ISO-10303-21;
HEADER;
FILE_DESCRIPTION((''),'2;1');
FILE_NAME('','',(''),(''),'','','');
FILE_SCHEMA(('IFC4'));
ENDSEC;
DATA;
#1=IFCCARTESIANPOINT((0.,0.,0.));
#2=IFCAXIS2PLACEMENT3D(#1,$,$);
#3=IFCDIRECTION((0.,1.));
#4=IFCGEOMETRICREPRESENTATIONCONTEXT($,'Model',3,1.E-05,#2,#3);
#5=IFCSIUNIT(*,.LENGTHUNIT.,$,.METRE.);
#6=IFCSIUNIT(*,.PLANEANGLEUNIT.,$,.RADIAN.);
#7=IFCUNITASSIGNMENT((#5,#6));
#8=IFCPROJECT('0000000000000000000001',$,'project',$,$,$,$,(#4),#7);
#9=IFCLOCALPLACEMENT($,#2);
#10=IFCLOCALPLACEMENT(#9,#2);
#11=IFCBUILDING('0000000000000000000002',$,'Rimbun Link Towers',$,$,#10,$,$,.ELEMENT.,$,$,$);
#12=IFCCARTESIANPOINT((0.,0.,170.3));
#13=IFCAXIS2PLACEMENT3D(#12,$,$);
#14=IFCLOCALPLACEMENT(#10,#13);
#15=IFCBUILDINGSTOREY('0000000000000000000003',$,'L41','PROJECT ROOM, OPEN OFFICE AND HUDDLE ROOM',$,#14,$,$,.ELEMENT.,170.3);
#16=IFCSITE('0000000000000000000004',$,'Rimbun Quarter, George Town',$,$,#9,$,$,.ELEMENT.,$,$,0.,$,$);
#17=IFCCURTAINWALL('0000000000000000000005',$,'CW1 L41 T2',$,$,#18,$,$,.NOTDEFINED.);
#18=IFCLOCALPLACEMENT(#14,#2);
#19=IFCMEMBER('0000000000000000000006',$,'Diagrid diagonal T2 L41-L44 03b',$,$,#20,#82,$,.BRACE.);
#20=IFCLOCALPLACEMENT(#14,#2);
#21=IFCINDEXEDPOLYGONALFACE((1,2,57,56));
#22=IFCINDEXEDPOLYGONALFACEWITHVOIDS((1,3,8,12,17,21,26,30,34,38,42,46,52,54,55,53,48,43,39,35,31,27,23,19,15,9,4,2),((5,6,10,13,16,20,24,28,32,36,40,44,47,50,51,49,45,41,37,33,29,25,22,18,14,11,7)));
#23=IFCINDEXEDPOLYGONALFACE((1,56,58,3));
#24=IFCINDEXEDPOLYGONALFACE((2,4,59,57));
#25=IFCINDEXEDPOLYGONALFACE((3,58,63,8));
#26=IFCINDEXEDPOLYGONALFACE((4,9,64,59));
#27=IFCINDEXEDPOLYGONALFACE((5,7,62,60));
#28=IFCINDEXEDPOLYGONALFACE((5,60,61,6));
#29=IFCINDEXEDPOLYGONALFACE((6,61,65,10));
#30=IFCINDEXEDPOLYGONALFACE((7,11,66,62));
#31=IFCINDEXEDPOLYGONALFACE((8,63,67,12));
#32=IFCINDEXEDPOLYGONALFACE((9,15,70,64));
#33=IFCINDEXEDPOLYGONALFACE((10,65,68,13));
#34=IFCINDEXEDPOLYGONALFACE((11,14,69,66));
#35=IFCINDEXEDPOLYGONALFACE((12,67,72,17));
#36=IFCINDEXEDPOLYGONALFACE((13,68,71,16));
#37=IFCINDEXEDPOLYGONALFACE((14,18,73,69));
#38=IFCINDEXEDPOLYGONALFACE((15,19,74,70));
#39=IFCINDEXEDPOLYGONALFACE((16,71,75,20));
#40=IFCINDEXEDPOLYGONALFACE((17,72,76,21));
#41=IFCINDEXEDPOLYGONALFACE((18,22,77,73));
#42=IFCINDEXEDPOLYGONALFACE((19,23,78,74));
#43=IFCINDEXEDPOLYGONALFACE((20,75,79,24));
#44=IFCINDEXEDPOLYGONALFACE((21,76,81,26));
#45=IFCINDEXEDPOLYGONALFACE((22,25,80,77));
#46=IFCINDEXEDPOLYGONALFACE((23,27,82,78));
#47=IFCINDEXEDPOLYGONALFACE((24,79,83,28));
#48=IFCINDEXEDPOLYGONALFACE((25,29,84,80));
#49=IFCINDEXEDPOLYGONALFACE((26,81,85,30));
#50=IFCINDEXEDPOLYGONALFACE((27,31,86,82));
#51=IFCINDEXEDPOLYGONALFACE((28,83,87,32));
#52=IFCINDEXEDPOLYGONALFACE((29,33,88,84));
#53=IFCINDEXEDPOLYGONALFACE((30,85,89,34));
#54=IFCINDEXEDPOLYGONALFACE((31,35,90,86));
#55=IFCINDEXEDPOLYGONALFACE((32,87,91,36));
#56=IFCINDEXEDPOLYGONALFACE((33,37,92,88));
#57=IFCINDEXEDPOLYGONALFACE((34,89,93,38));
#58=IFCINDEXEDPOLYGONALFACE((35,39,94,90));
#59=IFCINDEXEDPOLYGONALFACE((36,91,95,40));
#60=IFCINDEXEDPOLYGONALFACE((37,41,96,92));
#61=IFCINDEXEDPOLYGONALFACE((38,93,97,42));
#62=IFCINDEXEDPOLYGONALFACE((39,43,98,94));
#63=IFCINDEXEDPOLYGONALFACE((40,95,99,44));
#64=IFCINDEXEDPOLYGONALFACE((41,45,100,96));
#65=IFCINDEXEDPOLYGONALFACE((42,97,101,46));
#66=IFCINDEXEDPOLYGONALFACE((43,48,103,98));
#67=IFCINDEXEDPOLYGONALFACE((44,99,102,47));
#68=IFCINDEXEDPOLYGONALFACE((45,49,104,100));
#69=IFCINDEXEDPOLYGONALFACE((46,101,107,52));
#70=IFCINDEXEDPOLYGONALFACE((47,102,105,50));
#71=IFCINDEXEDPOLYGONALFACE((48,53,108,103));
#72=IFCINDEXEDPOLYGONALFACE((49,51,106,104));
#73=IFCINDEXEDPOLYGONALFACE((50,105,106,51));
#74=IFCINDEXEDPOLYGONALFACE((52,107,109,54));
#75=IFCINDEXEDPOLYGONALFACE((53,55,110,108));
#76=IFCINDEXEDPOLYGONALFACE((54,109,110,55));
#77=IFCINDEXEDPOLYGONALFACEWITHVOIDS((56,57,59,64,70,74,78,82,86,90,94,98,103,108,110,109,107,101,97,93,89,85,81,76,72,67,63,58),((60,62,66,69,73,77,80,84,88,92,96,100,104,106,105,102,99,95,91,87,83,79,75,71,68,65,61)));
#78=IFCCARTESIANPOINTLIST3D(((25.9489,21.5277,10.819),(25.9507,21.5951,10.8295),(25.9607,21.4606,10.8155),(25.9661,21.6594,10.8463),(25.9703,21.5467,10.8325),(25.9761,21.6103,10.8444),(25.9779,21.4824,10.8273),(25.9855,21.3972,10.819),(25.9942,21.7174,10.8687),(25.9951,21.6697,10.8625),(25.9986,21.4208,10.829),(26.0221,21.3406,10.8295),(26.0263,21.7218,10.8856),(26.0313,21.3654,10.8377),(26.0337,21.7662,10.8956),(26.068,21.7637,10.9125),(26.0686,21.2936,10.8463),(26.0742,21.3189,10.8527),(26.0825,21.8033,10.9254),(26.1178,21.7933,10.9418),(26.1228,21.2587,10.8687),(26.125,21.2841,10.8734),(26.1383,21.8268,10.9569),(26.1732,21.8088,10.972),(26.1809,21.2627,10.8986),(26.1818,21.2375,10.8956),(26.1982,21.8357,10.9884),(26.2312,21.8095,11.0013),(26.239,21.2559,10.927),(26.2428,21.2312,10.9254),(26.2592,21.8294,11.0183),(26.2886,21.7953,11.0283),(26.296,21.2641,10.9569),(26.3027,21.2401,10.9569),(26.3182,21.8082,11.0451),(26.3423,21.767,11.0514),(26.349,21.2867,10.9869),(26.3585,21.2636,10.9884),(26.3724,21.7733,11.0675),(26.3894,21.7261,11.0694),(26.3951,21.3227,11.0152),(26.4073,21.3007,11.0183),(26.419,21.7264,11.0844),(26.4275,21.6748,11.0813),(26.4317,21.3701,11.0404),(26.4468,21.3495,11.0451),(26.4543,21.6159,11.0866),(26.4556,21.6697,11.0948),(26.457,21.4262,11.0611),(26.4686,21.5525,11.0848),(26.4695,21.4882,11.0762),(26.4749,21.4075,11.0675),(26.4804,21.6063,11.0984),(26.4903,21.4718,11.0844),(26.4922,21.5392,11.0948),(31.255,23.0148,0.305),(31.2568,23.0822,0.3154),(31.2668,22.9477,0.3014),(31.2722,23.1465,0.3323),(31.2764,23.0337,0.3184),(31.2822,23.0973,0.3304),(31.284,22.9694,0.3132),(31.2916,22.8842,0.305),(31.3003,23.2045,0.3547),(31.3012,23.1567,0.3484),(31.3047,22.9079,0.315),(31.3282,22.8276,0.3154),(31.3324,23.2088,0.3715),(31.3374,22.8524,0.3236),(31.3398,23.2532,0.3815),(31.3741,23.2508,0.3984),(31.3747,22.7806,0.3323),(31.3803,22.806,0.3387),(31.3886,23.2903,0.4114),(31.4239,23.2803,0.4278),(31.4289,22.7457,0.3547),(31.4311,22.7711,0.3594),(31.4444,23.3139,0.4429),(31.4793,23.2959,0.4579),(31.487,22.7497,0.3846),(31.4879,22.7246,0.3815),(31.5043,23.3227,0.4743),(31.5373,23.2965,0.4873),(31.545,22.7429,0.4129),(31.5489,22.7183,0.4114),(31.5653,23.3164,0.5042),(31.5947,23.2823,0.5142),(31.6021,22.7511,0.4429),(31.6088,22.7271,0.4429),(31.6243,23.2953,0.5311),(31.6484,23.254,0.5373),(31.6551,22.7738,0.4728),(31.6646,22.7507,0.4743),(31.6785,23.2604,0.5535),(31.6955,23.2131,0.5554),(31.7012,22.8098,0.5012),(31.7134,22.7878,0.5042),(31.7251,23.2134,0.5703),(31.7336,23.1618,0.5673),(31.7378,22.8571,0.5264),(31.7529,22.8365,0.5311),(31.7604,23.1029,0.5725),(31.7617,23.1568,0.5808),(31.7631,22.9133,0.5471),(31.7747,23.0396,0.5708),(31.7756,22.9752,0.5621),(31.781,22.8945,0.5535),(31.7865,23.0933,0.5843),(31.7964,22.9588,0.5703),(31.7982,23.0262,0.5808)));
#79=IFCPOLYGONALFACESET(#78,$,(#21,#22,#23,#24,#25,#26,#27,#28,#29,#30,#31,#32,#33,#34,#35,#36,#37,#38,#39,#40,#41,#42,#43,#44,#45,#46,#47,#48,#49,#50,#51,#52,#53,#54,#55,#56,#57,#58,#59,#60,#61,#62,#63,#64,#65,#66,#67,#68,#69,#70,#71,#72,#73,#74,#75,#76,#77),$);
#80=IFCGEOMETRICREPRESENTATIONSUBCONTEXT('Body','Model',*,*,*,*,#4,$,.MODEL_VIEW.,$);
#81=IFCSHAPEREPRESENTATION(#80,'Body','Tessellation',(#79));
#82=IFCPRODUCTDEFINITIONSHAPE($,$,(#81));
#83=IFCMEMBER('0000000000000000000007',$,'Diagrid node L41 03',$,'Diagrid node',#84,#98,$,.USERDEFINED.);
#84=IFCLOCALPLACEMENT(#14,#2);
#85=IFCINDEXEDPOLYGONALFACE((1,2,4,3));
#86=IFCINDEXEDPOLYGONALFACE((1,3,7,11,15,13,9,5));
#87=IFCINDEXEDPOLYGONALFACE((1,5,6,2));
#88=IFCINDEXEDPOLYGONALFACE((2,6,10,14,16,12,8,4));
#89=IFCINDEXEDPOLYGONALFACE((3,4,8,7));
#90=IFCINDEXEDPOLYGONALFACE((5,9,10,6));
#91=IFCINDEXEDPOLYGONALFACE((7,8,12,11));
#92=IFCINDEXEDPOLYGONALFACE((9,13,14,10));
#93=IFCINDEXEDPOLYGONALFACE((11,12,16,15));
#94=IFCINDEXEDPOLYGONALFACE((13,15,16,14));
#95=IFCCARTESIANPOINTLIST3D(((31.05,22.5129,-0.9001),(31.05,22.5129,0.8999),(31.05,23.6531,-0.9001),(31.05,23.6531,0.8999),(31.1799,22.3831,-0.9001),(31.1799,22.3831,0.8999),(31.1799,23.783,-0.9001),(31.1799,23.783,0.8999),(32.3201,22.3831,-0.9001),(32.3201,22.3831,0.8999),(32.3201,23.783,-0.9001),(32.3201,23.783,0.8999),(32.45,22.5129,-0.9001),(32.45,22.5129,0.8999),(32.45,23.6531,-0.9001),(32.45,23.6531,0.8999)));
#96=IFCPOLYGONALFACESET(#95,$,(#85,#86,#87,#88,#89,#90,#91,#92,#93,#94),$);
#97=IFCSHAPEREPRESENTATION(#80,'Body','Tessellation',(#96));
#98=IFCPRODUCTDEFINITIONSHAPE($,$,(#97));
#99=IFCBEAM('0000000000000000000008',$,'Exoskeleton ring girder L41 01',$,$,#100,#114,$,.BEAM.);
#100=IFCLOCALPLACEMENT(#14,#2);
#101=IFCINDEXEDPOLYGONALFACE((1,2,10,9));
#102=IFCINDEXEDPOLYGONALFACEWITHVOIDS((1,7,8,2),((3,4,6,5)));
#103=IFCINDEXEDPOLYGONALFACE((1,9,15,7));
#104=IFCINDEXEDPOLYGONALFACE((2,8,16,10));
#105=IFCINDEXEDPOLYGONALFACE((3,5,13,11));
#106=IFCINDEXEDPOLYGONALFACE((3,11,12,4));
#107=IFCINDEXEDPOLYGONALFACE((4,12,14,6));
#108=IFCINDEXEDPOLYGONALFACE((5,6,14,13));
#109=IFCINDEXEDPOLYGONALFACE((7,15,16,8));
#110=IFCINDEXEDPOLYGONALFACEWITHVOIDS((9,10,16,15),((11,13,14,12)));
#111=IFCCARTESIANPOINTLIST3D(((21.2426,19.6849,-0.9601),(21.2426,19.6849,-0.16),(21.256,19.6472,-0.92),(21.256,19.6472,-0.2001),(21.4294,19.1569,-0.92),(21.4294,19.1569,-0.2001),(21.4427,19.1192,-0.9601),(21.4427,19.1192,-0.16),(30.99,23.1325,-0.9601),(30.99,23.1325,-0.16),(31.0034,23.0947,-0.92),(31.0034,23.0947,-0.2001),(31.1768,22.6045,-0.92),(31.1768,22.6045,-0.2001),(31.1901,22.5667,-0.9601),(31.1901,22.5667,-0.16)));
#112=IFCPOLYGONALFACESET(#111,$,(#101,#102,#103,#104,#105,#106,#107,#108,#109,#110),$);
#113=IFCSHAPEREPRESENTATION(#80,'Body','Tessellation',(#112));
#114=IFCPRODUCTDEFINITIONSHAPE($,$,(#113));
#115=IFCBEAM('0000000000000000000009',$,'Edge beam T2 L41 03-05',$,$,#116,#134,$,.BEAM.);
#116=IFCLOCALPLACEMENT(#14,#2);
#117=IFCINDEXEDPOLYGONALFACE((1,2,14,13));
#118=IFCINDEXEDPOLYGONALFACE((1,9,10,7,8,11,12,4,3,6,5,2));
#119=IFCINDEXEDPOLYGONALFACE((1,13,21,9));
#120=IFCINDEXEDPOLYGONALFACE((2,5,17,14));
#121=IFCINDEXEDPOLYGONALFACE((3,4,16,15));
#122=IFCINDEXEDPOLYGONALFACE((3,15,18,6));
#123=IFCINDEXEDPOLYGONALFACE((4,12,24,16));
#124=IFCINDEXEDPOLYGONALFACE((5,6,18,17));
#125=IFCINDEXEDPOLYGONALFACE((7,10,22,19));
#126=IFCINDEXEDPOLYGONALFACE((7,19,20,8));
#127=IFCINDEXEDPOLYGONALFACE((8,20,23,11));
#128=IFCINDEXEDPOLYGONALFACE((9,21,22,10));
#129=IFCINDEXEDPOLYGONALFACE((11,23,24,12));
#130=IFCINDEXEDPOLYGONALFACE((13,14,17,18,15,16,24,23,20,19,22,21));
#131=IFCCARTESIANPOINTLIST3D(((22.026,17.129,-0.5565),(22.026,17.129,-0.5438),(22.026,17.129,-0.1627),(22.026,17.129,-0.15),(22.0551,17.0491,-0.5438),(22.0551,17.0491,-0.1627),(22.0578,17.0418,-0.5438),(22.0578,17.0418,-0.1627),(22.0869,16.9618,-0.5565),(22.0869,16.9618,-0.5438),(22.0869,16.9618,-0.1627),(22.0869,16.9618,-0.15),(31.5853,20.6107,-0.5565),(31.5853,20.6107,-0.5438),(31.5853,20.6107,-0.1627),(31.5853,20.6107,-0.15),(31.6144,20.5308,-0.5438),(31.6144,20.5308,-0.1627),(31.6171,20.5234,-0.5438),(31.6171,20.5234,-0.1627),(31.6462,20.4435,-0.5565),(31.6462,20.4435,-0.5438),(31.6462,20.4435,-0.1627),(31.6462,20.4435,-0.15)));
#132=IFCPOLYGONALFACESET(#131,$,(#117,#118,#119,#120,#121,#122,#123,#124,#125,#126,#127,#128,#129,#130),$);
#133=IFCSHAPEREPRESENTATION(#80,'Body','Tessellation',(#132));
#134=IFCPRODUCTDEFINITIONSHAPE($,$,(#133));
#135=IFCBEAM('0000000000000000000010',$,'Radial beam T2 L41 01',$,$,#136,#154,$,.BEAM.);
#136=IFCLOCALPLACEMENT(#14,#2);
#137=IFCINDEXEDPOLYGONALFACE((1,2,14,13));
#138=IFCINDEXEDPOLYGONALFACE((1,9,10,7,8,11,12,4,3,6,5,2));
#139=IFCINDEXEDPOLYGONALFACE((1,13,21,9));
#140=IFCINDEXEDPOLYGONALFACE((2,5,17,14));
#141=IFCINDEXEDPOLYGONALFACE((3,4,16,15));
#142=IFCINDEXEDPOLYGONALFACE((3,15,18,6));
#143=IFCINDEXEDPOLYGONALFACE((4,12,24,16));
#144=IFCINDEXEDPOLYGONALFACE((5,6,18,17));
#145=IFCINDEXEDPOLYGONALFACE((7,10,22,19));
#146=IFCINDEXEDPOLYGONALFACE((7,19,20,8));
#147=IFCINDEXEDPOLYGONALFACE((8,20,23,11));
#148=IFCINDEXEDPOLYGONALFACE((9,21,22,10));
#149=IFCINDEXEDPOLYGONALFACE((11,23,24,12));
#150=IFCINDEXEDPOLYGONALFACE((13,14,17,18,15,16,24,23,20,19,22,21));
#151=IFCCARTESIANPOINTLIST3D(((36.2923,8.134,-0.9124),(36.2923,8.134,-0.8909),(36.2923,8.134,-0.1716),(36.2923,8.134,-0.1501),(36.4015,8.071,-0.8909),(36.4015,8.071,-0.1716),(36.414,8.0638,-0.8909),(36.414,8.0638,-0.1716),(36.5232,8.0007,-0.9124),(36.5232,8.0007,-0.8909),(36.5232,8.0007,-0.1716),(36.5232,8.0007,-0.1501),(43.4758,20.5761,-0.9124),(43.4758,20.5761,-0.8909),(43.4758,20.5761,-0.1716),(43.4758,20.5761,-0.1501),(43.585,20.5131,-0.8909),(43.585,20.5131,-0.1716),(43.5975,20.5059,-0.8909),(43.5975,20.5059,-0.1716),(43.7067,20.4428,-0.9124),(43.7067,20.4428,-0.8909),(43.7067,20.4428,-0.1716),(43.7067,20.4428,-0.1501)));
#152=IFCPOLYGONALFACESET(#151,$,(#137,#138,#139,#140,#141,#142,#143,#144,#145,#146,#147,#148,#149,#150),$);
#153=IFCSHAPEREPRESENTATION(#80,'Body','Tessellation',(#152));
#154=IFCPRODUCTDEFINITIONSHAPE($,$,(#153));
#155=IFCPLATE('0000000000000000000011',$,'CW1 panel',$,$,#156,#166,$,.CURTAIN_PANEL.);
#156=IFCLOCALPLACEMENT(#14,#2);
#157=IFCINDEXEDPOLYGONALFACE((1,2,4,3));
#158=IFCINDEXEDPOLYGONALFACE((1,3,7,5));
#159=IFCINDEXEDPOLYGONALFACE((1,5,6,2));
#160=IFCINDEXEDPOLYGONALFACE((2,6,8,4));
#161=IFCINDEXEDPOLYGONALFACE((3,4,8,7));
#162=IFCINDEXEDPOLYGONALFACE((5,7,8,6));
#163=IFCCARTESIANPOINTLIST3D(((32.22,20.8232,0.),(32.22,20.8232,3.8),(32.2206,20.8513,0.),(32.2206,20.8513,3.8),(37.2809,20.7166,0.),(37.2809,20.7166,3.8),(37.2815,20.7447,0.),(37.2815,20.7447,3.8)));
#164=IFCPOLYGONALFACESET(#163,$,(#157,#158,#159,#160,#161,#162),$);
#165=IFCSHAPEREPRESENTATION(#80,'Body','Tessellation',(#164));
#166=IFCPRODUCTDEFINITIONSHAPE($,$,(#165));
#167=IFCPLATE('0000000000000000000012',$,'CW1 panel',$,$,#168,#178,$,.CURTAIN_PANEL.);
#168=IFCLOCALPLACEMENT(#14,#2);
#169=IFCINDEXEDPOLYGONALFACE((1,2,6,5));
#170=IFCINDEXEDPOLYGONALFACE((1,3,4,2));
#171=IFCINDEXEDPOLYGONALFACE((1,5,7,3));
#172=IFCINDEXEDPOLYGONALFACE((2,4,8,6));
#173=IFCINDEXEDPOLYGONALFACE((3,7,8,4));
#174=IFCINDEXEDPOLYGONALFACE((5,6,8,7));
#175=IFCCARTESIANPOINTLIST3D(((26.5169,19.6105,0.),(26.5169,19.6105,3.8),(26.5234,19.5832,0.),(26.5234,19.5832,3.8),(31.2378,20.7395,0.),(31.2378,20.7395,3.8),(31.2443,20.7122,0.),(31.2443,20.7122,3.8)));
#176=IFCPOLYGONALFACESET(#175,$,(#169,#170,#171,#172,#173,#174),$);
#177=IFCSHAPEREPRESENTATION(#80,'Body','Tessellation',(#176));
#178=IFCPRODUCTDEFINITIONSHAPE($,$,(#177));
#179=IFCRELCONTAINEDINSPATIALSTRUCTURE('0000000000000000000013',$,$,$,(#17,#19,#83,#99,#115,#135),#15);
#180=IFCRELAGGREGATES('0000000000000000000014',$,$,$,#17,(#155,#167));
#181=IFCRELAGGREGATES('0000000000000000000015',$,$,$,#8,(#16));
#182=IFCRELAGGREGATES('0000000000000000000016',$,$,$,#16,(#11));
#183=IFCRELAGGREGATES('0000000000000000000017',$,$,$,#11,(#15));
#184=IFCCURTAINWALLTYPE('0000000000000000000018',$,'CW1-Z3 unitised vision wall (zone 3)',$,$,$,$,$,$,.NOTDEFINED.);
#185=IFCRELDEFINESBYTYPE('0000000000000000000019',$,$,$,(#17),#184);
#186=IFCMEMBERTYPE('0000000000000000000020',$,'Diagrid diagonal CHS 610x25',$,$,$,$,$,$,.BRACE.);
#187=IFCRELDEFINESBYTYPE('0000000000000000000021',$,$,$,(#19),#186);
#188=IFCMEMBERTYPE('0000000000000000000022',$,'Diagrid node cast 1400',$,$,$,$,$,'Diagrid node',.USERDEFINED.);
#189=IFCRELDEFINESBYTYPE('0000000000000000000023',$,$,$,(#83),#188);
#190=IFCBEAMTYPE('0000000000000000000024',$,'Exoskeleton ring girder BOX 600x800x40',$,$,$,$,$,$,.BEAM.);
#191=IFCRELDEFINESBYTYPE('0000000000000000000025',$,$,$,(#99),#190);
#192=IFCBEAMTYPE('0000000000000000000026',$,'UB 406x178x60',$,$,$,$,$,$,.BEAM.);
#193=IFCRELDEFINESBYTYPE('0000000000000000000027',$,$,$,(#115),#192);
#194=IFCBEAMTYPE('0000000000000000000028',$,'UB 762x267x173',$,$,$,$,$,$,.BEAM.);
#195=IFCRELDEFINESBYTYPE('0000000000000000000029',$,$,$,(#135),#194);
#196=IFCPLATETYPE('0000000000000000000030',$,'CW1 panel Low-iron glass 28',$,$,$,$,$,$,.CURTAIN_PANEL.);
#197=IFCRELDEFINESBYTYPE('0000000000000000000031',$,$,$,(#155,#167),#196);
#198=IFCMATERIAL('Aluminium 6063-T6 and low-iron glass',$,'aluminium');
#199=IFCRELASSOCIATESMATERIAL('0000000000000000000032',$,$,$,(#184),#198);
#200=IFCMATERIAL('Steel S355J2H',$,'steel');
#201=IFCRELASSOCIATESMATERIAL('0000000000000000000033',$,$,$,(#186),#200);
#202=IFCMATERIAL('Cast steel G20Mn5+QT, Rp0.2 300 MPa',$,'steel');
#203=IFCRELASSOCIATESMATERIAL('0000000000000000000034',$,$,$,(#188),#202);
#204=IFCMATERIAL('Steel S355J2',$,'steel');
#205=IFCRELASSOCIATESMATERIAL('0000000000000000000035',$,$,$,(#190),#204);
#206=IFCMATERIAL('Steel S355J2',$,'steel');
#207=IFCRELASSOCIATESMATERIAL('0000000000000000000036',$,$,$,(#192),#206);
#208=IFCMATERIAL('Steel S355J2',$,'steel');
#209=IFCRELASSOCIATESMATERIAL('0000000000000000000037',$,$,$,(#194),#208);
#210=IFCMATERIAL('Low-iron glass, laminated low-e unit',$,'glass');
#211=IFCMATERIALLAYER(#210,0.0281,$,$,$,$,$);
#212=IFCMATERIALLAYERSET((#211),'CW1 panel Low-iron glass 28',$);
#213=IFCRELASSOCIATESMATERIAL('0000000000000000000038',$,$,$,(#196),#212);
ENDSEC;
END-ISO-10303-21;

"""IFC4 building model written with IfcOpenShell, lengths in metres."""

from ifc_helpers import new_model, si_unit, direction, frame, origin, origin_2d, place, context, subcontext, project, spatial, polyline, rectangle, hollow_rectangle, hollow_circle, i_section, outline, extrude, material, layer, layer_set, material_profile, profile_set, type_object, element, aggregate, save


model = new_model("IFC4")

# Units and contexts
model_context = context("Model", 3, precision=1e-05, world=origin(), true_north=direction((0.0, 1.0)))
body_context = subcontext(model_context, "Body", "Model", "MODEL_VIEW")
ifc_project = project(units=[si_unit("LENGTHUNIT", "METRE"), si_unit("PLANEANGLEUNIT", "RADIAN")], contexts=[model_context])

# Site, building, storey
site_placement = place(None, origin())
site = spatial("IfcSite", under=ifc_project, at=site_placement, Name="Rimbun Quarter, George Town", CompositionType="ELEMENT", RefElevation=0.0)
building_placement = place(site_placement, origin())
building = spatial("IfcBuilding", under=site, at=building_placement, Name="Rimbun Link Towers", CompositionType="ELEMENT")
storey_placement = place(building_placement, frame((0.0, 0.0, 170.3)))
storey = spatial("IfcBuildingStorey", under=building, at=storey_placement, Name="L41", Description="PROJECT ROOM, OPEN OFFICE AND HUDDLE ROOM", CompositionType="ELEMENT", Elevation=170.3)

# Curtain wall
ifc_material_1 = material(Name="Aluminium 6063-T6 and low-iron glass", Category="aluminium")
curtain_wall_type = type_object("IfcCurtainWallType", Name="CW1-Z3 unitised vision wall (zone 3)", PredefinedType="NOTDEFINED", material=ifc_material_1)
curtain_wall_placement = place(storey_placement, origin())
curtain_wall = element("IfcCurtainWall", 1, at=curtain_wall_placement, inside=storey, type_object=curtain_wall_type, Name="CW1 L41 T2", PredefinedType="NOTDEFINED")

# Members
ifc_material_2 = material(Name="Steel S355J2H", Category="steel")
ifc_material_profile_1 = material_profile(ifc_material_2, hollow_circle(Radius=0.3047, WallThickness=0.0249, at=origin_2d()), Name="Diagrid diagonal CHS 610x25")
ifc_profile_set_1 = profile_set([ifc_material_profile_1], Name="Steel S355J2H")
member_type_1 = type_object("IfcMemberType", Name="Diagrid diagonal CHS 610x25", PredefinedType="BRACE", material=ifc_profile_set_1)
member_1_placement = place(storey_placement, frame((31.5266, 23.0205, 0.4429), z_axis=(-0.446995, -0.125271, 0.885722), x_axis=(0.269855, -0.962901, 0.0)))
element("IfcMember", 2, at=member_1_placement, inside=storey, type_object=member_type_1, Name="Diagrid diagonal T2 L41-L44 03b", PredefinedType="BRACE", context=body_context, shape_type="SweptSolid", body=[
    extrude(hollow_circle(Radius=0.3047, WallThickness=0.0249, at=origin_2d()), origin(), (0.0, 0.0, 1.0), 11.8706),
])
ifc_material_3 = material(Name="Cast steel G20Mn5+QT, Rp0.2 300 MPa", Category="steel")
ifc_material_profile_2 = material_profile(ifc_material_3, outline(polyline([(0.7, -0.5701), (0.7, 0.5701), (0.5701, 0.7), (-0.5701, 0.7), (-0.7, 0.5701), (-0.7, -0.5701), (-0.5701, -0.7), (0.5701, -0.7), (0.7, -0.5701)])), Name="NODE 1400x1400")
ifc_profile_set_2 = profile_set([ifc_material_profile_2], Name="Cast steel G20Mn5+QT, Rp0.2 300 MPa")
member_type_2 = type_object("IfcMemberType", Name="Diagrid node cast 1400", ElementType="Diagrid node", PredefinedType="USERDEFINED", material=ifc_profile_set_2)
member_2_placement = place(storey_placement, frame((31.75, 23.083, -0.9001), z_axis=(0.0, 0.0, 1.0), x_axis=(0.0, 1.0, 0.0)))
element("IfcMember", 3, at=member_2_placement, inside=storey, type_object=member_type_2, Name="Diagrid node L41 03", ObjectType="Diagrid node", PredefinedType="USERDEFINED", context=body_context, shape_type="SweptSolid", body=[
    extrude(outline(polyline([(0.7, -0.5701), (0.7, 0.5701), (0.5701, 0.7), (-0.5701, 0.7), (-0.7, 0.5701), (-0.7, -0.5701), (-0.5701, -0.7), (0.5701, -0.7), (0.7, -0.5701)])), origin(), (0.0, 0.0, 1.0), 1.8),
])

# Beams
ifc_material_4 = material(Name="Steel S355J2", Category="steel")
ifc_material_profile_3 = material_profile(ifc_material_4, hollow_rectangle(XDim=0.6001, YDim=0.8, WallThickness=0.04, at=origin_2d()), Name="Exoskeleton ring girder BOX 600x800x40")
ifc_profile_set_3 = profile_set([ifc_material_profile_3], Name="Steel S355J2")
beam_type_1 = type_object("IfcBeamType", Name="Exoskeleton ring girder BOX 600x800x40", PredefinedType="BEAM", material=ifc_profile_set_3)
beam_1_placement = place(storey_placement, frame((31.0901, 22.8496, -0.5601), z_axis=(-0.942769, -0.333446, 0.0), x_axis=(0.333446, -0.942769, 0.0)))
element("IfcBeam", 4, at=beam_1_placement, inside=storey, type_object=beam_type_1, Name="Exoskeleton ring girder L41 01", PredefinedType="BEAM", context=body_context, shape_type="SweptSolid", body=[
    extrude(hollow_rectangle(XDim=0.6001, YDim=0.8, WallThickness=0.04, at=origin_2d()), origin(), (0.0, 0.0, 1.0), 10.3391),
])
ifc_material_5 = material(Name="Steel S355J2", Category="steel")
ifc_material_profile_4 = material_profile(ifc_material_5, i_section(OverallWidth=0.178, OverallDepth=0.4065, WebThickness=0.0078, FlangeThickness=0.0127, at=origin_2d()), Name="UB 406x178x60")
ifc_profile_set_4 = profile_set([ifc_material_profile_4], Name="Steel S355J2")
beam_type_2 = type_object("IfcBeamType", Name="UB 406x178x60", PredefinedType="BEAM", material=ifc_profile_set_4)
beam_2_placement = place(storey_placement, frame((31.6157, 20.5271, -0.3533), z_axis=(-0.939617, -0.342227, 0.0), x_axis=(0.342227, -0.939617, 0.0)))
element("IfcBeam", 5, at=beam_2_placement, inside=storey, type_object=beam_type_2, Name="Edge beam T2 L41 03-05", PredefinedType="BEAM", context=body_context, shape_type="SweptSolid", body=[
    extrude(i_section(OverallWidth=0.178, OverallDepth=0.4065, WebThickness=0.0078, FlangeThickness=0.0127, at=origin_2d()), origin(), (0.0, 0.0, 1.0), 10.1736),
])
ifc_material_6 = material(Name="Steel S355J2", Category="steel")
ifc_material_profile_5 = material_profile(ifc_material_6, i_section(OverallWidth=0.2666, OverallDepth=0.7622, WebThickness=0.0144, FlangeThickness=0.0215, at=origin_2d()), Name="UB 762x267x173")
ifc_profile_set_5 = profile_set([ifc_material_profile_5], Name="Steel S355J2")
beam_type_3 = type_object("IfcBeamType", Name="UB 762x267x173", PredefinedType="BEAM", material=ifc_profile_set_5)
beam_3_placement = place(storey_placement, frame((36.4077, 8.0674, -0.5312), z_axis=(0.500006, 0.866022, 0.0), x_axis=(-0.866022, 0.500006, 0.0)))
element("IfcBeam", 6, at=beam_3_placement, inside=storey, type_object=beam_type_3, Name="Radial beam T2 L41 01", PredefinedType="BEAM", context=body_context, shape_type="SweptSolid", body=[
    extrude(i_section(OverallWidth=0.2666, OverallDepth=0.7622, WebThickness=0.0144, FlangeThickness=0.0215, at=origin_2d()), origin(), (0.0, 0.0, 1.0), 14.3669),
])

# Plates
ifc_material_7 = material(Name="Low-iron glass, laminated low-e unit", Category="glass")
ifc_layer_1 = layer(ifc_material_7, 0.0281)
ifc_layer_set_1 = layer_set([ifc_layer_1], Name="CW1 panel Low-iron glass 28")
plate_type = type_object("IfcPlateType", Name="CW1 panel Low-iron glass 28", PredefinedType="CURTAIN_PANEL", material=ifc_layer_set_1)
plate_1_placement = place(storey_placement, frame((34.7507, 20.7839, 0.0), z_axis=(0.0, 0.0, 1.0), x_axis=(0.999778, -0.021055, 0.0)))
plate_1 = element("IfcPlate", 7, at=plate_1_placement, type_object=plate_type, Name="CW1 panel", PredefinedType="CURTAIN_PANEL", context=body_context, shape_type="SweptSolid", body=[
    extrude(rectangle(XDim=5.062, YDim=0.0281, at=origin_2d()), origin(), (0.0, 0.0, 1.0), 3.8),
])
plate_2_placement = place(storey_placement, frame((28.8806, 20.1614, 0.0), z_axis=(0.0, 0.0, 1.0), x_axis=(0.972574, 0.232595, 0.0)))
plate_2 = element("IfcPlate", 8, at=plate_2_placement, type_object=plate_type, Name="CW1 panel", PredefinedType="CURTAIN_PANEL", context=body_context, shape_type="SweptSolid", body=[
    extrude(rectangle(XDim=4.854, YDim=0.0281, at=origin_2d()), origin(), (0.0, 0.0, 1.0), 3.8),
])
aggregate(curtain_wall, [plate_1, plate_2])

save(model, "model.ifc")
